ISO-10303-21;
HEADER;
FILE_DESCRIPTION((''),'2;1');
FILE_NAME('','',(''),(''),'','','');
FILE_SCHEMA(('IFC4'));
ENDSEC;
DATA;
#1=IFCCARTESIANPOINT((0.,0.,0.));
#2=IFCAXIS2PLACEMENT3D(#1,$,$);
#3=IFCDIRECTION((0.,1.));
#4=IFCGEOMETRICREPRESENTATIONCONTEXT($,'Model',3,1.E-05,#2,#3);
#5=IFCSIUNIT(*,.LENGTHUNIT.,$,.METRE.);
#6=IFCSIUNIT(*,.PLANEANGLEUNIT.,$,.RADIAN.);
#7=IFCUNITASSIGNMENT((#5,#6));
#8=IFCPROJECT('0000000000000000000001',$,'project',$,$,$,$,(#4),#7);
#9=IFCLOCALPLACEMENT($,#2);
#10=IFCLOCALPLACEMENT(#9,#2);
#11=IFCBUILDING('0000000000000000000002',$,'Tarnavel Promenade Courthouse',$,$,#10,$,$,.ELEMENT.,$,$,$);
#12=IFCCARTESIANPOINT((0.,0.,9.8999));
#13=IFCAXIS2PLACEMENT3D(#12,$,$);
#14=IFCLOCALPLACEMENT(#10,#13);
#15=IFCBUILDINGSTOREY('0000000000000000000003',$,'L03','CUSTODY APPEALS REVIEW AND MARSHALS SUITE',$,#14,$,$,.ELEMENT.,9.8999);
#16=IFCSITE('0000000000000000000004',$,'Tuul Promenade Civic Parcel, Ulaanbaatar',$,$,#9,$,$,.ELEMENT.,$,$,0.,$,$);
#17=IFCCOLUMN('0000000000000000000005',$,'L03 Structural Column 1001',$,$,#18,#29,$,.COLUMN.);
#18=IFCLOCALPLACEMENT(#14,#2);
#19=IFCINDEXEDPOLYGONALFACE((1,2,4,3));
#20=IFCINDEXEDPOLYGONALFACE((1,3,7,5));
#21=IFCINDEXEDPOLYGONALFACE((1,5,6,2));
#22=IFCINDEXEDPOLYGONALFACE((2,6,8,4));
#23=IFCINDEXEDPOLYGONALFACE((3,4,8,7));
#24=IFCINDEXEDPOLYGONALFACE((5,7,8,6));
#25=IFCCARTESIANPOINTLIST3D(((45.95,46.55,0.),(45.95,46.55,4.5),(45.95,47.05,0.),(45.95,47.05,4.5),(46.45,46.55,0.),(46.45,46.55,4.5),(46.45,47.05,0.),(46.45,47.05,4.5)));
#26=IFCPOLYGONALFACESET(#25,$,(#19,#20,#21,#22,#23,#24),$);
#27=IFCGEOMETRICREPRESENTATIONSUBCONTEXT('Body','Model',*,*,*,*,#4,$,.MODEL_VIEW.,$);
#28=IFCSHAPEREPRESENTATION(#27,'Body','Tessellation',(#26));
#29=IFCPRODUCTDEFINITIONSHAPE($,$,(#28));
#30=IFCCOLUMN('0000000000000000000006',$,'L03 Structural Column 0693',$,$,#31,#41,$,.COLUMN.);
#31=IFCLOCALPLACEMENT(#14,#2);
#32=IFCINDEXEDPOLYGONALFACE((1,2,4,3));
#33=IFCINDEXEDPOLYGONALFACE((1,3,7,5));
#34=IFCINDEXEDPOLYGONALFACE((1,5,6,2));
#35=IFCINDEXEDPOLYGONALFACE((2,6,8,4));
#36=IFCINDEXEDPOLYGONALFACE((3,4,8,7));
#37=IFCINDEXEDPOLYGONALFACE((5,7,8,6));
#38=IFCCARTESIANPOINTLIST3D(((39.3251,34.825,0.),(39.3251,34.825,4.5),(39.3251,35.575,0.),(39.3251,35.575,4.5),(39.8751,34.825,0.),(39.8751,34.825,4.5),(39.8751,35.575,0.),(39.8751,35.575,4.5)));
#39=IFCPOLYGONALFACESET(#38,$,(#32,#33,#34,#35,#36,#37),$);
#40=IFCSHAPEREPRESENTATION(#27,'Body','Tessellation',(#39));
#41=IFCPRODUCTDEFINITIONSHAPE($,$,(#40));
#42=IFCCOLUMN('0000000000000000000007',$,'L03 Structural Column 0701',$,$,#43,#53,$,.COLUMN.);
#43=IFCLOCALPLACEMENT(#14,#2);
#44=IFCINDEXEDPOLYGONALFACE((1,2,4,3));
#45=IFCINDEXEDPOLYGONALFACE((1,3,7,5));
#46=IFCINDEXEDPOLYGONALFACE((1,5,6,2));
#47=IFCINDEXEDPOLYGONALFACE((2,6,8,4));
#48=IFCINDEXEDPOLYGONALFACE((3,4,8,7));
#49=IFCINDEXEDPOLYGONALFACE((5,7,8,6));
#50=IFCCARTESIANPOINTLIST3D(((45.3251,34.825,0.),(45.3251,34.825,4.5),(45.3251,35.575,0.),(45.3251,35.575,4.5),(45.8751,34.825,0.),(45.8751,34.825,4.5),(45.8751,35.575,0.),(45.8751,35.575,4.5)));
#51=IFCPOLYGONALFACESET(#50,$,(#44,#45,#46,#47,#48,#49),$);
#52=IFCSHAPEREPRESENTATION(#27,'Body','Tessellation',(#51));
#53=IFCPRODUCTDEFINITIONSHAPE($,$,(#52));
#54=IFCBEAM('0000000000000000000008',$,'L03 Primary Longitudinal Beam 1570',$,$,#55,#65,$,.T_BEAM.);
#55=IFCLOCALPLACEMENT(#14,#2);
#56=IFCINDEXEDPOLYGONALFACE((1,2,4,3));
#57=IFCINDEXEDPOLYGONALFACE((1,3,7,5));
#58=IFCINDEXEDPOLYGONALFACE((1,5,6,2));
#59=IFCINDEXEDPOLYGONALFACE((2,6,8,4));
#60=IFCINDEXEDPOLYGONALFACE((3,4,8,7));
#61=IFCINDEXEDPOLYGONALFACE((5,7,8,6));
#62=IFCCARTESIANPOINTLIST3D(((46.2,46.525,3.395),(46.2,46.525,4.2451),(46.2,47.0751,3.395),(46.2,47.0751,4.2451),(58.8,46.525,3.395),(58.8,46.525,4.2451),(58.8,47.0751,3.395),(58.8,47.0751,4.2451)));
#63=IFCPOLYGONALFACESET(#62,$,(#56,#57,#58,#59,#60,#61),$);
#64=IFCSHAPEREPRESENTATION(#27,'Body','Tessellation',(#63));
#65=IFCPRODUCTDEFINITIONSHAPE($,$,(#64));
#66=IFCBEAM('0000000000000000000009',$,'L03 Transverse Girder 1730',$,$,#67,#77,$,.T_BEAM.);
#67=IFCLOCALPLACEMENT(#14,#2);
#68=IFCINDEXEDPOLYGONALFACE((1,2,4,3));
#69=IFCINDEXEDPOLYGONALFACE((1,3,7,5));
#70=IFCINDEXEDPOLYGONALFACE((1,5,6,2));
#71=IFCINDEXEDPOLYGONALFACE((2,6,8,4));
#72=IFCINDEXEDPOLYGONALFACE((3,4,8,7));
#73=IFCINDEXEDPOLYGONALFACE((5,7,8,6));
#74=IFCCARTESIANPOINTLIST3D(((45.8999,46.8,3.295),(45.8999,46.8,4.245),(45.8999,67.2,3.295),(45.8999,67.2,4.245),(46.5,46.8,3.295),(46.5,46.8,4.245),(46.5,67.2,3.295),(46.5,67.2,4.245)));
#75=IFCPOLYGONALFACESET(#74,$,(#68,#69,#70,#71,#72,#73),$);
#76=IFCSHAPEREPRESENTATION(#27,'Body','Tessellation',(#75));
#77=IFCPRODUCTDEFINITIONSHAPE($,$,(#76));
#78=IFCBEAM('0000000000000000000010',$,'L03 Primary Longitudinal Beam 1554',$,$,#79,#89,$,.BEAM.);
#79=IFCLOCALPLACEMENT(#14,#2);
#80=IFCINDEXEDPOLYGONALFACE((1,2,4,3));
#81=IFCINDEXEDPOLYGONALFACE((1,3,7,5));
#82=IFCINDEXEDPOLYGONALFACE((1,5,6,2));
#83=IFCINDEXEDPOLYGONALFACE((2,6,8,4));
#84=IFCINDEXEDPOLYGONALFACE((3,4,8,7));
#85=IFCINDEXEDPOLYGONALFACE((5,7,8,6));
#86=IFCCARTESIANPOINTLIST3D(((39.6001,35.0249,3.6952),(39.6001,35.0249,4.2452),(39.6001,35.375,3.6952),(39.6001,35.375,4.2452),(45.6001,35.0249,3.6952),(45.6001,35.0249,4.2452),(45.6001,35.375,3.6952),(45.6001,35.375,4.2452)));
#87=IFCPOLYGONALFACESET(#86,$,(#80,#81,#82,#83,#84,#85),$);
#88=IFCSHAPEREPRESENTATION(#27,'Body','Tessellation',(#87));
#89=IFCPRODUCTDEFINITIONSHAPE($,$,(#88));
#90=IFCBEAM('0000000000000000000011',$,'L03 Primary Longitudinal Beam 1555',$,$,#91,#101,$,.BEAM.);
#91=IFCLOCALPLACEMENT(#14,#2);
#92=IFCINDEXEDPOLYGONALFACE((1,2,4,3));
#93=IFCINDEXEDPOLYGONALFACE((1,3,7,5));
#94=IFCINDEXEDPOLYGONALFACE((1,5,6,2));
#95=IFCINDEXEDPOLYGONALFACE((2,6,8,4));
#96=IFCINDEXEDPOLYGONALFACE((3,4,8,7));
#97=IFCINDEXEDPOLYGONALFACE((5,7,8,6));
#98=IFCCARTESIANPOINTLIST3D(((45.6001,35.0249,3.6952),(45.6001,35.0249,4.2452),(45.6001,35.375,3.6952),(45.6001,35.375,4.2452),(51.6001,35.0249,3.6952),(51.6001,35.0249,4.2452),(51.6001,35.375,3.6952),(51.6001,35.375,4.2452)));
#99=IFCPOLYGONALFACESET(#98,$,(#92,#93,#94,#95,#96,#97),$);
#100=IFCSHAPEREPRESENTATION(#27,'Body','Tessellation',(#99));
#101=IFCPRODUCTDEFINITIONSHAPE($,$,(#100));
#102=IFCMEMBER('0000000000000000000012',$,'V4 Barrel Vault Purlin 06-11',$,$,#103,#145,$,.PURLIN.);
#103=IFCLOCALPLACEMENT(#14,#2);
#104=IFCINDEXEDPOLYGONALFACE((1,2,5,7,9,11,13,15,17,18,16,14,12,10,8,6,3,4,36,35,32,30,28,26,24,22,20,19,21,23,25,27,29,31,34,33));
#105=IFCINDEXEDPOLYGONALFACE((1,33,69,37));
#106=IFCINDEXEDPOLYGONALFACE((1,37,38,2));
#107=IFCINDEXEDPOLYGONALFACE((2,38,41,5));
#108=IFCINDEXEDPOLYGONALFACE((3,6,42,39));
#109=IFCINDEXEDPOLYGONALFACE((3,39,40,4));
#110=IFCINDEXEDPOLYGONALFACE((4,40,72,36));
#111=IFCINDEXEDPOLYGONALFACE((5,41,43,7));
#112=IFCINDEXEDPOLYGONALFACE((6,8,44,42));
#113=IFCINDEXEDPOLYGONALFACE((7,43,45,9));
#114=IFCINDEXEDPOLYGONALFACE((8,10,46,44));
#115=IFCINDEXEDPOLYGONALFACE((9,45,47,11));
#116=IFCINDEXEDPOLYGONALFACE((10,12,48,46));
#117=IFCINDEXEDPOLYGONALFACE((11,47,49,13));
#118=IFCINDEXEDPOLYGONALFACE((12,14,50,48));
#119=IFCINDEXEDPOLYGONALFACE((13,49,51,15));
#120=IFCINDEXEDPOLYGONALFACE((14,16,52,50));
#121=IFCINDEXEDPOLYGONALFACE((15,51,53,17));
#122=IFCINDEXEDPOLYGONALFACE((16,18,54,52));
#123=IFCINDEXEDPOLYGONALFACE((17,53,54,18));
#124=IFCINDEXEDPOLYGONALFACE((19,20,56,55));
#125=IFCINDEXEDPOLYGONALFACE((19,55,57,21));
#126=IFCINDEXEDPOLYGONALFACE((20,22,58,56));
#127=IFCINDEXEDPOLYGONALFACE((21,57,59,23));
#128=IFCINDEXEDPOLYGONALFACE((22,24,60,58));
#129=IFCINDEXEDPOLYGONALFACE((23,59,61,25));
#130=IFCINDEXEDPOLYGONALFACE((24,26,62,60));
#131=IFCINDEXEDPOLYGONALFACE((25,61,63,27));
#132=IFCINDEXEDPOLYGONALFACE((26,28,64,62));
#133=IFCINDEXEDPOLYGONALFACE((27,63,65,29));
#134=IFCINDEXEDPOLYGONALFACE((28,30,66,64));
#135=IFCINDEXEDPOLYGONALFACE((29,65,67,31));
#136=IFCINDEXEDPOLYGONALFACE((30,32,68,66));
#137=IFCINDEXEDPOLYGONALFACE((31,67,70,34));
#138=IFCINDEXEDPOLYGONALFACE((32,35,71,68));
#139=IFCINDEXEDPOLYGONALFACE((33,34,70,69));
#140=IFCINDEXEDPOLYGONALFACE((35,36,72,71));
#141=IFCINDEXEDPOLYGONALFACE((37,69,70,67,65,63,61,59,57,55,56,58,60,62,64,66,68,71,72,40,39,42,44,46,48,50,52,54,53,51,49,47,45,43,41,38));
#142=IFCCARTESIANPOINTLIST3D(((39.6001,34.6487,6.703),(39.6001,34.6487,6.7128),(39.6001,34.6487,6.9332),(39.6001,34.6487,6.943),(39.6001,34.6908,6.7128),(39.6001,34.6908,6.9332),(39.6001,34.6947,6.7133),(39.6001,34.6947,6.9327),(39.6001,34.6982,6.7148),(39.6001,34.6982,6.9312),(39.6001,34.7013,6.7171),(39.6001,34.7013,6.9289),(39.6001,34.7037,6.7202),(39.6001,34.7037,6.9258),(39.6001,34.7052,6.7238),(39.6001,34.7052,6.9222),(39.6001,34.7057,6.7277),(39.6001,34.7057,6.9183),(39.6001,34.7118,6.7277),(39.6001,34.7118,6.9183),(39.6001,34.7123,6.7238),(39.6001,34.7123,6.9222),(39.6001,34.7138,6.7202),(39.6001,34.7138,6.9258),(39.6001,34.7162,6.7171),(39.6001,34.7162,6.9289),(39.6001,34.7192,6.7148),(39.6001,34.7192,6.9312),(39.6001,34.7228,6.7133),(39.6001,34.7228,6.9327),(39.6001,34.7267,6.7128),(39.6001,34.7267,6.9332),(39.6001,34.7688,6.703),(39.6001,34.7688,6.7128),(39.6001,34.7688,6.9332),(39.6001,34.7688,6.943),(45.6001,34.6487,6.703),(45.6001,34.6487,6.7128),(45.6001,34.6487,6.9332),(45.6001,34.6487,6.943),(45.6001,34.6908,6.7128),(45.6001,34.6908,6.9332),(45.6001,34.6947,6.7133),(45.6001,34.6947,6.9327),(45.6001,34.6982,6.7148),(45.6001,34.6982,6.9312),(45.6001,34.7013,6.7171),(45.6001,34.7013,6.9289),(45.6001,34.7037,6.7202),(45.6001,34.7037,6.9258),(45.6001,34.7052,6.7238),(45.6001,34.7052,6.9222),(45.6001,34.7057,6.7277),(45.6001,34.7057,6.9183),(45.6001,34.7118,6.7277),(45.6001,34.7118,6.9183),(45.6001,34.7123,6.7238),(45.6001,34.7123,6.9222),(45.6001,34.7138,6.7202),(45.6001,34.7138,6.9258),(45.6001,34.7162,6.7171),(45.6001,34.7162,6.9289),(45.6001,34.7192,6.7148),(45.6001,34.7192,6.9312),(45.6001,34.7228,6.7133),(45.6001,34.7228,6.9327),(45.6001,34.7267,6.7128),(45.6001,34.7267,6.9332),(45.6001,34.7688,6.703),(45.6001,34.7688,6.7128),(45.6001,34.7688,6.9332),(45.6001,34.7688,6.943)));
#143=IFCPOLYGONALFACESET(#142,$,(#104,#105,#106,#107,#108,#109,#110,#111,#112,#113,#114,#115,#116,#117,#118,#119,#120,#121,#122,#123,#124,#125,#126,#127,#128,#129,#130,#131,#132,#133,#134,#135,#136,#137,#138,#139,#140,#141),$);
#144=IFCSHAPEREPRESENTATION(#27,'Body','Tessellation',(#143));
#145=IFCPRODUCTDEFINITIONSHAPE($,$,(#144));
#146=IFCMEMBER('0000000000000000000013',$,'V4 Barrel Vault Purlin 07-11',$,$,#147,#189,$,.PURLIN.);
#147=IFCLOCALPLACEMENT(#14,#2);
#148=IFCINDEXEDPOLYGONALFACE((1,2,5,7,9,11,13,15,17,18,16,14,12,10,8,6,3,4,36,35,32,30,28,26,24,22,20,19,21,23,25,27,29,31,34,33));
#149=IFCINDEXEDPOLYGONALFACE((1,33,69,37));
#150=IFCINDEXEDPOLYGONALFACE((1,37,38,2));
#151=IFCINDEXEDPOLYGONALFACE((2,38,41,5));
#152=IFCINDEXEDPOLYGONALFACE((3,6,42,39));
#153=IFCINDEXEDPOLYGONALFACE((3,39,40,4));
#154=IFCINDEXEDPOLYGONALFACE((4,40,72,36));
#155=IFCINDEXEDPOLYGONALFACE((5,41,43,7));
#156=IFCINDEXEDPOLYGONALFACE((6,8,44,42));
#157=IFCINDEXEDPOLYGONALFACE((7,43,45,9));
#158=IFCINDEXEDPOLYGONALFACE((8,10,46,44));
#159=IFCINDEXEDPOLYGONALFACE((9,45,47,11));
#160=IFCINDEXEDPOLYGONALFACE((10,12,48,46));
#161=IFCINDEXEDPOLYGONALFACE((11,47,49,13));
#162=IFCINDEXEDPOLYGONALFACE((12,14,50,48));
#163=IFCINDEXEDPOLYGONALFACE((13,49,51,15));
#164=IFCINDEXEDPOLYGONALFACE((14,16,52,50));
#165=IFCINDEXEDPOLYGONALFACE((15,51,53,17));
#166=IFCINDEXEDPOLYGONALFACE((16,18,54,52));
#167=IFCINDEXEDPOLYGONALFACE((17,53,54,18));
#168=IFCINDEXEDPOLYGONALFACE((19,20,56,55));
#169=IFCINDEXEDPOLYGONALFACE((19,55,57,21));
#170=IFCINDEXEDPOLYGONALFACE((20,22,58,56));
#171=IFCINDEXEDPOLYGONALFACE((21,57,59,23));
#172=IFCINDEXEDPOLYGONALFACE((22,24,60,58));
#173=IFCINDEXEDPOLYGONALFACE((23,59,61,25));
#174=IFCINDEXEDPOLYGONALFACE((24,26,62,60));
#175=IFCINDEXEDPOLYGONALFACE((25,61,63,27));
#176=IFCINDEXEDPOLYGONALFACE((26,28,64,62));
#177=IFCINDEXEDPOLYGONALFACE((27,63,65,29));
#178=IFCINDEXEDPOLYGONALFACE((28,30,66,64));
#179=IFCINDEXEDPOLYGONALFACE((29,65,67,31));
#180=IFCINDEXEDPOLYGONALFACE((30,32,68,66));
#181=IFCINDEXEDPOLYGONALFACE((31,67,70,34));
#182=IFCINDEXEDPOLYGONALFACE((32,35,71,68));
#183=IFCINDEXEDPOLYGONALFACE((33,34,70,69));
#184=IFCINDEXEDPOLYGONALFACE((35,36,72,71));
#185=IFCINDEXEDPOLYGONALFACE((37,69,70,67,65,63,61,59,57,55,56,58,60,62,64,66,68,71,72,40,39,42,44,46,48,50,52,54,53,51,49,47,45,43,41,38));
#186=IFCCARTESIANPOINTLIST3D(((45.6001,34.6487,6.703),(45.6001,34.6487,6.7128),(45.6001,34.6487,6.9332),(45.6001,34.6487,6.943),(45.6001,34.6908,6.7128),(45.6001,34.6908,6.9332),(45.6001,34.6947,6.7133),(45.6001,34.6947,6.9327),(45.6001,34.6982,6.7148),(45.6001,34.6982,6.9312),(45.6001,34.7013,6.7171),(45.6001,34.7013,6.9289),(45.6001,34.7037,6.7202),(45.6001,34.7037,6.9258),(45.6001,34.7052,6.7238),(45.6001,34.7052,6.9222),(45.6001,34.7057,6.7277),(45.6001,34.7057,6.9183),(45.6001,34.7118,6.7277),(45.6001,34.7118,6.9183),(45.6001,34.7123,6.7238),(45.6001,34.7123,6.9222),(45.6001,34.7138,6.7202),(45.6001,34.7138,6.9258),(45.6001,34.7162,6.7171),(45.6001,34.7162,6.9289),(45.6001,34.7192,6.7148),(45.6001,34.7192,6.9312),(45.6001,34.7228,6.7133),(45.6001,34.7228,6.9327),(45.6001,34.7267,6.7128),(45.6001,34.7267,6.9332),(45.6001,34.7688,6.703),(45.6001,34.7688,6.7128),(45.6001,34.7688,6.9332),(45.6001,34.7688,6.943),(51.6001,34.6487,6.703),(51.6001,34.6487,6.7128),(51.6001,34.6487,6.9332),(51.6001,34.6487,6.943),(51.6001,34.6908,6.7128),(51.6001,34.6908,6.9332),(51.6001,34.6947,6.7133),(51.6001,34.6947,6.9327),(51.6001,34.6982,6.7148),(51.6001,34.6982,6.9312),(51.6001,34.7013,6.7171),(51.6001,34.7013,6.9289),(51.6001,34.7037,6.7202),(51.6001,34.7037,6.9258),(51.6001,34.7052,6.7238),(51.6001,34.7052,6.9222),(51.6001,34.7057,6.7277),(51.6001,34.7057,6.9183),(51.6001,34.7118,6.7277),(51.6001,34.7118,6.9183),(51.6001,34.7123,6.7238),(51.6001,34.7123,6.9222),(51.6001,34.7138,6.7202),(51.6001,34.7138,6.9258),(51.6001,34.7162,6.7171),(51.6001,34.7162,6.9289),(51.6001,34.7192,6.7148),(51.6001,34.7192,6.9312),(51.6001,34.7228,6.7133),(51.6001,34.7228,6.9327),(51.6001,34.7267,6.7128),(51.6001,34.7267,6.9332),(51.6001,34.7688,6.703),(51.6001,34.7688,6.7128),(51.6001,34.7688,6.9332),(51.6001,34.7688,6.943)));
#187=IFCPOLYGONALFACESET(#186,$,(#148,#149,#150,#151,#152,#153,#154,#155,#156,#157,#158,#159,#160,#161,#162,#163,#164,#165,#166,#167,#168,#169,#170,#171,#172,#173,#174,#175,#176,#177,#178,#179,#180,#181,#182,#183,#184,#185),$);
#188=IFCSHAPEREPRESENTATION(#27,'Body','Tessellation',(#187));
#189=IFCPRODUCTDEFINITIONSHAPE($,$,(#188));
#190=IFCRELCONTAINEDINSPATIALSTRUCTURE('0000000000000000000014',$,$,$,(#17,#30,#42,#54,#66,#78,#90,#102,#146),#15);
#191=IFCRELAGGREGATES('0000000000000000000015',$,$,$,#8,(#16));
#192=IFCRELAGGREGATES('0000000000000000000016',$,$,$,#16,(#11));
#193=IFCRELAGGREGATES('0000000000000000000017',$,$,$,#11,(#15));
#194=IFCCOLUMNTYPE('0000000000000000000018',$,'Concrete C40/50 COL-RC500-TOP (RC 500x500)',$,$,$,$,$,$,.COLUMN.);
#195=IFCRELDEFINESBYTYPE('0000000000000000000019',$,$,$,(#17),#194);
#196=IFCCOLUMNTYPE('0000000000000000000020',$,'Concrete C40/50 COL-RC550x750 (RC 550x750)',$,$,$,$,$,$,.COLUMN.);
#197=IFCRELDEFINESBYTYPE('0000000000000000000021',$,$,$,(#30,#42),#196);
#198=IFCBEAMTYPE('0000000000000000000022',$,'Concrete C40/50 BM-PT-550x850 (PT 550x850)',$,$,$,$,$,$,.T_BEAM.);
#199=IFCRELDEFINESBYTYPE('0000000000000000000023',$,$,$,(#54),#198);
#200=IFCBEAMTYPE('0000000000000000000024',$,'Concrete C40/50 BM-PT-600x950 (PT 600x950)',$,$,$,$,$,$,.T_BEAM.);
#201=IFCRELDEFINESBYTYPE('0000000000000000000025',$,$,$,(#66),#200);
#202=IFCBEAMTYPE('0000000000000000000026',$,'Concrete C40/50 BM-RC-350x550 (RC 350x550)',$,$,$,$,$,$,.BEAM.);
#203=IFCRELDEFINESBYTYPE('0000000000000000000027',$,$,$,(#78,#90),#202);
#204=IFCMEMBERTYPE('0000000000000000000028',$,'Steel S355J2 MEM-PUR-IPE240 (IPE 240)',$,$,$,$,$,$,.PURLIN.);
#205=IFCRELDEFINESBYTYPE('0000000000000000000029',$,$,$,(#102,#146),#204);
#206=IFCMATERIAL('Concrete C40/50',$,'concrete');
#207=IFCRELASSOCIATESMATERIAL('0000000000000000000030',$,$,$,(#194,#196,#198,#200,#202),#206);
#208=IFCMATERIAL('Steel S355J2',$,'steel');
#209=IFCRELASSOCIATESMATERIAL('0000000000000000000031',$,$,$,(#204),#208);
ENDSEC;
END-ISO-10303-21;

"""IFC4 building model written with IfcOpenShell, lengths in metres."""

from ifc_helpers import new_model, si_unit, direction, frame, origin, origin_2d, place, context, subcontext, project, spatial, rectangle, i_section, extrude, material, material_profile, profile_set, type_object, element, save


model = new_model("IFC4")

# Units and contexts
model_context = context("Model", 3, precision=1e-05, world=origin(), true_north=direction((0.0, 1.0)))
body_context = subcontext(model_context, "Body", "Model", "MODEL_VIEW")
ifc_project = project(units=[si_unit("LENGTHUNIT", "METRE"), si_unit("PLANEANGLEUNIT", "RADIAN")], contexts=[model_context])

# Site, building, storey
site_placement = place(None, origin())
site = spatial("IfcSite", under=ifc_project, at=site_placement, Name="Tuul Promenade Civic Parcel, Ulaanbaatar", CompositionType="ELEMENT", RefElevation=0.0)
building_placement = place(site_placement, origin())
building = spatial("IfcBuilding", under=site, at=building_placement, Name="Tarnavel Promenade Courthouse", CompositionType="ELEMENT")
storey_placement = place(building_placement, frame((0.0, 0.0, 9.8999)))
storey = spatial("IfcBuildingStorey", under=building, at=storey_placement, Name="L03", Description="CUSTODY APPEALS REVIEW AND MARSHALS SUITE", CompositionType="ELEMENT", Elevation=9.8999)

# Columns
ifc_material_1 = material(Name="Concrete C40/50", Category="concrete")
ifc_material_profile_1 = material_profile(ifc_material_1, rectangle(XDim=0.5, YDim=0.5, at=origin_2d()), Name="RC 500x500")
ifc_profile_set_1 = profile_set([ifc_material_profile_1], Name="Concrete C40/50")
column_type_1 = type_object("IfcColumnType", Name="Concrete C40/50 COL-RC500-TOP (RC 500x500)", PredefinedType="COLUMN", material=ifc_profile_set_1)
column_placement = place(storey_placement, frame((46.2, 46.8, 0.0), z_axis=(0.0, 0.0, 1.0), x_axis=(1.0, 0.0, 0.0)))
element("IfcColumn", 1, at=column_placement, inside=storey, type_object=column_type_1, Name="L03 Structural Column 1001", PredefinedType="COLUMN", context=body_context, shape_type="SweptSolid", body=[
    extrude(rectangle(XDim=0.5, YDim=0.5, at=origin_2d()), origin(), (0.0, 0.0, 1.0), 4.5),
])
ifc_material_profile_2 = material_profile(ifc_material_1, rectangle(XDim=0.55, YDim=0.75, at=origin_2d()), Name="RC 550x750")
ifc_profile_set_2 = profile_set([ifc_material_profile_2], Name="Concrete C40/50")
column_type_2 = type_object("IfcColumnType", Name="Concrete C40/50 COL-RC550x750 (RC 550x750)", PredefinedType="COLUMN", material=ifc_profile_set_2)
for number, where, z_axis, x_axis, name in (
    (2, (39.6001, 35.2, 0.0), (0.0, 0.0, 1.0), (1.0, 0.0, 0.0), "L03 Structural Column 0693"),
    (3, (45.6001, 35.2, 0.0), (0.0, 0.0, 1.0), (1.0, 0.0, 0.0), "L03 Structural Column 0701"),
):
    element("IfcColumn", number, at=place(storey_placement, frame(where, z_axis=z_axis, x_axis=x_axis)), inside=storey, type_object=column_type_2, Name=name, PredefinedType="COLUMN", context=body_context, shape_type="SweptSolid", body=[
        extrude(rectangle(XDim=0.55, YDim=0.75, at=origin_2d()), origin(), (0.0, 0.0, 1.0), 4.5),
    ])

# Beams
ifc_material_profile_3 = material_profile(ifc_material_1, rectangle(XDim=0.55, YDim=0.8501, at=origin_2d()), Name="PT 550x850")
ifc_profile_set_3 = profile_set([ifc_material_profile_3], Name="Concrete C40/50")
beam_type_1 = type_object("IfcBeamType", Name="Concrete C40/50 BM-PT-550x850 (PT 550x850)", PredefinedType="T_BEAM", material=ifc_profile_set_3)
beam_1_placement = place(storey_placement, frame((46.2, 46.8, 3.8201), z_axis=(1.0, 0.0, 0.0), x_axis=(0.0, 1.0, 0.0)))
element("IfcBeam", 4, at=beam_1_placement, inside=storey, type_object=beam_type_1, Name="L03 Primary Longitudinal Beam 1570", PredefinedType="T_BEAM", context=body_context, shape_type="SweptSolid", body=[
    extrude(rectangle(XDim=0.55, YDim=0.8501, at=origin_2d()), origin(), (0.0, 0.0, 1.0), 12.6001),
])
ifc_material_profile_4 = material_profile(ifc_material_1, rectangle(XDim=0.6001, YDim=0.95, at=origin_2d()), Name="PT 600x950")
ifc_profile_set_4 = profile_set([ifc_material_profile_4], Name="Concrete C40/50")
beam_type_2 = type_object("IfcBeamType", Name="Concrete C40/50 BM-PT-600x950 (PT 600x950)", PredefinedType="T_BEAM", material=ifc_profile_set_4)
beam_2_placement = place(storey_placement, frame((46.2, 46.8, 3.77), z_axis=(0.0, 1.0, 0.0), x_axis=(-1.0, 0.0, 0.0)))
element("IfcBeam", 5, at=beam_2_placement, inside=storey, type_object=beam_type_2, Name="L03 Transverse Girder 1730", PredefinedType="T_BEAM", context=body_context, shape_type="SweptSolid", body=[
    extrude(rectangle(XDim=0.6001, YDim=0.95, at=origin_2d()), origin(), (0.0, 0.0, 1.0), 20.3999),
])
ifc_material_profile_5 = material_profile(ifc_material_1, rectangle(XDim=0.3501, YDim=0.55, at=origin_2d()), Name="RC 350x550")
ifc_profile_set_5 = profile_set([ifc_material_profile_5], Name="Concrete C40/50")
beam_type_3 = type_object("IfcBeamType", Name="Concrete C40/50 BM-RC-350x550 (RC 350x550)", PredefinedType="BEAM", material=ifc_profile_set_5)
for number, where, z_axis, x_axis, name in (
    (6, (39.6001, 35.2, 3.9702), (1.0, 0.0, 0.0), (0.0, 1.0, 0.0), "L03 Primary Longitudinal Beam 1554"),
    (7, (45.6001, 35.2, 3.9702), (1.0, 0.0, 0.0), (0.0, 1.0, 0.0), "L03 Primary Longitudinal Beam 1555"),
):
    element("IfcBeam", number, at=place(storey_placement, frame(where, z_axis=z_axis, x_axis=x_axis)), inside=storey, type_object=beam_type_3, Name=name, PredefinedType="BEAM", context=body_context, shape_type="SweptSolid", body=[
        extrude(rectangle(XDim=0.3501, YDim=0.55, at=origin_2d()), origin(), (0.0, 0.0, 1.0), 6.0),
    ])

# Members
ifc_material_2 = material(Name="Steel S355J2", Category="steel")
ifc_material_profile_6 = material_profile(ifc_material_2, i_section(OverallWidth=0.1201, OverallDepth=0.24, WebThickness=0.0061, FlangeThickness=0.0098, FilletRadius=0.0149, at=origin_2d()), Name="IPE 240")
ifc_profile_set_6 = profile_set([ifc_material_profile_6], Name="Steel S355J2")
member_type_1 = type_object("IfcMemberType", Name="Steel S355J2 MEM-PUR-IPE240 (IPE 240)", PredefinedType="PURLIN", material=ifc_profile_set_6)
for number, where, z_axis, x_axis, name in (
    (8, (39.6001, 34.7087, 6.823), (1.0, 0.0, 0.0), (0.0, 1.0, 0.0), "V4 Barrel Vault Purlin 06-11"),
    (9, (45.6001, 34.7087, 6.823), (1.0, 0.0, 0.0), (0.0, 1.0, 0.0), "V4 Barrel Vault Purlin 07-11"),
):
    element("IfcMember", number, at=place(storey_placement, frame(where, z_axis=z_axis, x_axis=x_axis)), inside=storey, type_object=member_type_1, Name=name, PredefinedType="PURLIN", context=body_context, shape_type="SweptSolid", body=[
        extrude(i_section(OverallWidth=0.1201, OverallDepth=0.24, WebThickness=0.0061, FlangeThickness=0.0098, FilletRadius=0.0149, at=origin_2d()), origin(), (0.0, 0.0, 1.0), 6.0),
    ])

save(model, "model.ifc")
